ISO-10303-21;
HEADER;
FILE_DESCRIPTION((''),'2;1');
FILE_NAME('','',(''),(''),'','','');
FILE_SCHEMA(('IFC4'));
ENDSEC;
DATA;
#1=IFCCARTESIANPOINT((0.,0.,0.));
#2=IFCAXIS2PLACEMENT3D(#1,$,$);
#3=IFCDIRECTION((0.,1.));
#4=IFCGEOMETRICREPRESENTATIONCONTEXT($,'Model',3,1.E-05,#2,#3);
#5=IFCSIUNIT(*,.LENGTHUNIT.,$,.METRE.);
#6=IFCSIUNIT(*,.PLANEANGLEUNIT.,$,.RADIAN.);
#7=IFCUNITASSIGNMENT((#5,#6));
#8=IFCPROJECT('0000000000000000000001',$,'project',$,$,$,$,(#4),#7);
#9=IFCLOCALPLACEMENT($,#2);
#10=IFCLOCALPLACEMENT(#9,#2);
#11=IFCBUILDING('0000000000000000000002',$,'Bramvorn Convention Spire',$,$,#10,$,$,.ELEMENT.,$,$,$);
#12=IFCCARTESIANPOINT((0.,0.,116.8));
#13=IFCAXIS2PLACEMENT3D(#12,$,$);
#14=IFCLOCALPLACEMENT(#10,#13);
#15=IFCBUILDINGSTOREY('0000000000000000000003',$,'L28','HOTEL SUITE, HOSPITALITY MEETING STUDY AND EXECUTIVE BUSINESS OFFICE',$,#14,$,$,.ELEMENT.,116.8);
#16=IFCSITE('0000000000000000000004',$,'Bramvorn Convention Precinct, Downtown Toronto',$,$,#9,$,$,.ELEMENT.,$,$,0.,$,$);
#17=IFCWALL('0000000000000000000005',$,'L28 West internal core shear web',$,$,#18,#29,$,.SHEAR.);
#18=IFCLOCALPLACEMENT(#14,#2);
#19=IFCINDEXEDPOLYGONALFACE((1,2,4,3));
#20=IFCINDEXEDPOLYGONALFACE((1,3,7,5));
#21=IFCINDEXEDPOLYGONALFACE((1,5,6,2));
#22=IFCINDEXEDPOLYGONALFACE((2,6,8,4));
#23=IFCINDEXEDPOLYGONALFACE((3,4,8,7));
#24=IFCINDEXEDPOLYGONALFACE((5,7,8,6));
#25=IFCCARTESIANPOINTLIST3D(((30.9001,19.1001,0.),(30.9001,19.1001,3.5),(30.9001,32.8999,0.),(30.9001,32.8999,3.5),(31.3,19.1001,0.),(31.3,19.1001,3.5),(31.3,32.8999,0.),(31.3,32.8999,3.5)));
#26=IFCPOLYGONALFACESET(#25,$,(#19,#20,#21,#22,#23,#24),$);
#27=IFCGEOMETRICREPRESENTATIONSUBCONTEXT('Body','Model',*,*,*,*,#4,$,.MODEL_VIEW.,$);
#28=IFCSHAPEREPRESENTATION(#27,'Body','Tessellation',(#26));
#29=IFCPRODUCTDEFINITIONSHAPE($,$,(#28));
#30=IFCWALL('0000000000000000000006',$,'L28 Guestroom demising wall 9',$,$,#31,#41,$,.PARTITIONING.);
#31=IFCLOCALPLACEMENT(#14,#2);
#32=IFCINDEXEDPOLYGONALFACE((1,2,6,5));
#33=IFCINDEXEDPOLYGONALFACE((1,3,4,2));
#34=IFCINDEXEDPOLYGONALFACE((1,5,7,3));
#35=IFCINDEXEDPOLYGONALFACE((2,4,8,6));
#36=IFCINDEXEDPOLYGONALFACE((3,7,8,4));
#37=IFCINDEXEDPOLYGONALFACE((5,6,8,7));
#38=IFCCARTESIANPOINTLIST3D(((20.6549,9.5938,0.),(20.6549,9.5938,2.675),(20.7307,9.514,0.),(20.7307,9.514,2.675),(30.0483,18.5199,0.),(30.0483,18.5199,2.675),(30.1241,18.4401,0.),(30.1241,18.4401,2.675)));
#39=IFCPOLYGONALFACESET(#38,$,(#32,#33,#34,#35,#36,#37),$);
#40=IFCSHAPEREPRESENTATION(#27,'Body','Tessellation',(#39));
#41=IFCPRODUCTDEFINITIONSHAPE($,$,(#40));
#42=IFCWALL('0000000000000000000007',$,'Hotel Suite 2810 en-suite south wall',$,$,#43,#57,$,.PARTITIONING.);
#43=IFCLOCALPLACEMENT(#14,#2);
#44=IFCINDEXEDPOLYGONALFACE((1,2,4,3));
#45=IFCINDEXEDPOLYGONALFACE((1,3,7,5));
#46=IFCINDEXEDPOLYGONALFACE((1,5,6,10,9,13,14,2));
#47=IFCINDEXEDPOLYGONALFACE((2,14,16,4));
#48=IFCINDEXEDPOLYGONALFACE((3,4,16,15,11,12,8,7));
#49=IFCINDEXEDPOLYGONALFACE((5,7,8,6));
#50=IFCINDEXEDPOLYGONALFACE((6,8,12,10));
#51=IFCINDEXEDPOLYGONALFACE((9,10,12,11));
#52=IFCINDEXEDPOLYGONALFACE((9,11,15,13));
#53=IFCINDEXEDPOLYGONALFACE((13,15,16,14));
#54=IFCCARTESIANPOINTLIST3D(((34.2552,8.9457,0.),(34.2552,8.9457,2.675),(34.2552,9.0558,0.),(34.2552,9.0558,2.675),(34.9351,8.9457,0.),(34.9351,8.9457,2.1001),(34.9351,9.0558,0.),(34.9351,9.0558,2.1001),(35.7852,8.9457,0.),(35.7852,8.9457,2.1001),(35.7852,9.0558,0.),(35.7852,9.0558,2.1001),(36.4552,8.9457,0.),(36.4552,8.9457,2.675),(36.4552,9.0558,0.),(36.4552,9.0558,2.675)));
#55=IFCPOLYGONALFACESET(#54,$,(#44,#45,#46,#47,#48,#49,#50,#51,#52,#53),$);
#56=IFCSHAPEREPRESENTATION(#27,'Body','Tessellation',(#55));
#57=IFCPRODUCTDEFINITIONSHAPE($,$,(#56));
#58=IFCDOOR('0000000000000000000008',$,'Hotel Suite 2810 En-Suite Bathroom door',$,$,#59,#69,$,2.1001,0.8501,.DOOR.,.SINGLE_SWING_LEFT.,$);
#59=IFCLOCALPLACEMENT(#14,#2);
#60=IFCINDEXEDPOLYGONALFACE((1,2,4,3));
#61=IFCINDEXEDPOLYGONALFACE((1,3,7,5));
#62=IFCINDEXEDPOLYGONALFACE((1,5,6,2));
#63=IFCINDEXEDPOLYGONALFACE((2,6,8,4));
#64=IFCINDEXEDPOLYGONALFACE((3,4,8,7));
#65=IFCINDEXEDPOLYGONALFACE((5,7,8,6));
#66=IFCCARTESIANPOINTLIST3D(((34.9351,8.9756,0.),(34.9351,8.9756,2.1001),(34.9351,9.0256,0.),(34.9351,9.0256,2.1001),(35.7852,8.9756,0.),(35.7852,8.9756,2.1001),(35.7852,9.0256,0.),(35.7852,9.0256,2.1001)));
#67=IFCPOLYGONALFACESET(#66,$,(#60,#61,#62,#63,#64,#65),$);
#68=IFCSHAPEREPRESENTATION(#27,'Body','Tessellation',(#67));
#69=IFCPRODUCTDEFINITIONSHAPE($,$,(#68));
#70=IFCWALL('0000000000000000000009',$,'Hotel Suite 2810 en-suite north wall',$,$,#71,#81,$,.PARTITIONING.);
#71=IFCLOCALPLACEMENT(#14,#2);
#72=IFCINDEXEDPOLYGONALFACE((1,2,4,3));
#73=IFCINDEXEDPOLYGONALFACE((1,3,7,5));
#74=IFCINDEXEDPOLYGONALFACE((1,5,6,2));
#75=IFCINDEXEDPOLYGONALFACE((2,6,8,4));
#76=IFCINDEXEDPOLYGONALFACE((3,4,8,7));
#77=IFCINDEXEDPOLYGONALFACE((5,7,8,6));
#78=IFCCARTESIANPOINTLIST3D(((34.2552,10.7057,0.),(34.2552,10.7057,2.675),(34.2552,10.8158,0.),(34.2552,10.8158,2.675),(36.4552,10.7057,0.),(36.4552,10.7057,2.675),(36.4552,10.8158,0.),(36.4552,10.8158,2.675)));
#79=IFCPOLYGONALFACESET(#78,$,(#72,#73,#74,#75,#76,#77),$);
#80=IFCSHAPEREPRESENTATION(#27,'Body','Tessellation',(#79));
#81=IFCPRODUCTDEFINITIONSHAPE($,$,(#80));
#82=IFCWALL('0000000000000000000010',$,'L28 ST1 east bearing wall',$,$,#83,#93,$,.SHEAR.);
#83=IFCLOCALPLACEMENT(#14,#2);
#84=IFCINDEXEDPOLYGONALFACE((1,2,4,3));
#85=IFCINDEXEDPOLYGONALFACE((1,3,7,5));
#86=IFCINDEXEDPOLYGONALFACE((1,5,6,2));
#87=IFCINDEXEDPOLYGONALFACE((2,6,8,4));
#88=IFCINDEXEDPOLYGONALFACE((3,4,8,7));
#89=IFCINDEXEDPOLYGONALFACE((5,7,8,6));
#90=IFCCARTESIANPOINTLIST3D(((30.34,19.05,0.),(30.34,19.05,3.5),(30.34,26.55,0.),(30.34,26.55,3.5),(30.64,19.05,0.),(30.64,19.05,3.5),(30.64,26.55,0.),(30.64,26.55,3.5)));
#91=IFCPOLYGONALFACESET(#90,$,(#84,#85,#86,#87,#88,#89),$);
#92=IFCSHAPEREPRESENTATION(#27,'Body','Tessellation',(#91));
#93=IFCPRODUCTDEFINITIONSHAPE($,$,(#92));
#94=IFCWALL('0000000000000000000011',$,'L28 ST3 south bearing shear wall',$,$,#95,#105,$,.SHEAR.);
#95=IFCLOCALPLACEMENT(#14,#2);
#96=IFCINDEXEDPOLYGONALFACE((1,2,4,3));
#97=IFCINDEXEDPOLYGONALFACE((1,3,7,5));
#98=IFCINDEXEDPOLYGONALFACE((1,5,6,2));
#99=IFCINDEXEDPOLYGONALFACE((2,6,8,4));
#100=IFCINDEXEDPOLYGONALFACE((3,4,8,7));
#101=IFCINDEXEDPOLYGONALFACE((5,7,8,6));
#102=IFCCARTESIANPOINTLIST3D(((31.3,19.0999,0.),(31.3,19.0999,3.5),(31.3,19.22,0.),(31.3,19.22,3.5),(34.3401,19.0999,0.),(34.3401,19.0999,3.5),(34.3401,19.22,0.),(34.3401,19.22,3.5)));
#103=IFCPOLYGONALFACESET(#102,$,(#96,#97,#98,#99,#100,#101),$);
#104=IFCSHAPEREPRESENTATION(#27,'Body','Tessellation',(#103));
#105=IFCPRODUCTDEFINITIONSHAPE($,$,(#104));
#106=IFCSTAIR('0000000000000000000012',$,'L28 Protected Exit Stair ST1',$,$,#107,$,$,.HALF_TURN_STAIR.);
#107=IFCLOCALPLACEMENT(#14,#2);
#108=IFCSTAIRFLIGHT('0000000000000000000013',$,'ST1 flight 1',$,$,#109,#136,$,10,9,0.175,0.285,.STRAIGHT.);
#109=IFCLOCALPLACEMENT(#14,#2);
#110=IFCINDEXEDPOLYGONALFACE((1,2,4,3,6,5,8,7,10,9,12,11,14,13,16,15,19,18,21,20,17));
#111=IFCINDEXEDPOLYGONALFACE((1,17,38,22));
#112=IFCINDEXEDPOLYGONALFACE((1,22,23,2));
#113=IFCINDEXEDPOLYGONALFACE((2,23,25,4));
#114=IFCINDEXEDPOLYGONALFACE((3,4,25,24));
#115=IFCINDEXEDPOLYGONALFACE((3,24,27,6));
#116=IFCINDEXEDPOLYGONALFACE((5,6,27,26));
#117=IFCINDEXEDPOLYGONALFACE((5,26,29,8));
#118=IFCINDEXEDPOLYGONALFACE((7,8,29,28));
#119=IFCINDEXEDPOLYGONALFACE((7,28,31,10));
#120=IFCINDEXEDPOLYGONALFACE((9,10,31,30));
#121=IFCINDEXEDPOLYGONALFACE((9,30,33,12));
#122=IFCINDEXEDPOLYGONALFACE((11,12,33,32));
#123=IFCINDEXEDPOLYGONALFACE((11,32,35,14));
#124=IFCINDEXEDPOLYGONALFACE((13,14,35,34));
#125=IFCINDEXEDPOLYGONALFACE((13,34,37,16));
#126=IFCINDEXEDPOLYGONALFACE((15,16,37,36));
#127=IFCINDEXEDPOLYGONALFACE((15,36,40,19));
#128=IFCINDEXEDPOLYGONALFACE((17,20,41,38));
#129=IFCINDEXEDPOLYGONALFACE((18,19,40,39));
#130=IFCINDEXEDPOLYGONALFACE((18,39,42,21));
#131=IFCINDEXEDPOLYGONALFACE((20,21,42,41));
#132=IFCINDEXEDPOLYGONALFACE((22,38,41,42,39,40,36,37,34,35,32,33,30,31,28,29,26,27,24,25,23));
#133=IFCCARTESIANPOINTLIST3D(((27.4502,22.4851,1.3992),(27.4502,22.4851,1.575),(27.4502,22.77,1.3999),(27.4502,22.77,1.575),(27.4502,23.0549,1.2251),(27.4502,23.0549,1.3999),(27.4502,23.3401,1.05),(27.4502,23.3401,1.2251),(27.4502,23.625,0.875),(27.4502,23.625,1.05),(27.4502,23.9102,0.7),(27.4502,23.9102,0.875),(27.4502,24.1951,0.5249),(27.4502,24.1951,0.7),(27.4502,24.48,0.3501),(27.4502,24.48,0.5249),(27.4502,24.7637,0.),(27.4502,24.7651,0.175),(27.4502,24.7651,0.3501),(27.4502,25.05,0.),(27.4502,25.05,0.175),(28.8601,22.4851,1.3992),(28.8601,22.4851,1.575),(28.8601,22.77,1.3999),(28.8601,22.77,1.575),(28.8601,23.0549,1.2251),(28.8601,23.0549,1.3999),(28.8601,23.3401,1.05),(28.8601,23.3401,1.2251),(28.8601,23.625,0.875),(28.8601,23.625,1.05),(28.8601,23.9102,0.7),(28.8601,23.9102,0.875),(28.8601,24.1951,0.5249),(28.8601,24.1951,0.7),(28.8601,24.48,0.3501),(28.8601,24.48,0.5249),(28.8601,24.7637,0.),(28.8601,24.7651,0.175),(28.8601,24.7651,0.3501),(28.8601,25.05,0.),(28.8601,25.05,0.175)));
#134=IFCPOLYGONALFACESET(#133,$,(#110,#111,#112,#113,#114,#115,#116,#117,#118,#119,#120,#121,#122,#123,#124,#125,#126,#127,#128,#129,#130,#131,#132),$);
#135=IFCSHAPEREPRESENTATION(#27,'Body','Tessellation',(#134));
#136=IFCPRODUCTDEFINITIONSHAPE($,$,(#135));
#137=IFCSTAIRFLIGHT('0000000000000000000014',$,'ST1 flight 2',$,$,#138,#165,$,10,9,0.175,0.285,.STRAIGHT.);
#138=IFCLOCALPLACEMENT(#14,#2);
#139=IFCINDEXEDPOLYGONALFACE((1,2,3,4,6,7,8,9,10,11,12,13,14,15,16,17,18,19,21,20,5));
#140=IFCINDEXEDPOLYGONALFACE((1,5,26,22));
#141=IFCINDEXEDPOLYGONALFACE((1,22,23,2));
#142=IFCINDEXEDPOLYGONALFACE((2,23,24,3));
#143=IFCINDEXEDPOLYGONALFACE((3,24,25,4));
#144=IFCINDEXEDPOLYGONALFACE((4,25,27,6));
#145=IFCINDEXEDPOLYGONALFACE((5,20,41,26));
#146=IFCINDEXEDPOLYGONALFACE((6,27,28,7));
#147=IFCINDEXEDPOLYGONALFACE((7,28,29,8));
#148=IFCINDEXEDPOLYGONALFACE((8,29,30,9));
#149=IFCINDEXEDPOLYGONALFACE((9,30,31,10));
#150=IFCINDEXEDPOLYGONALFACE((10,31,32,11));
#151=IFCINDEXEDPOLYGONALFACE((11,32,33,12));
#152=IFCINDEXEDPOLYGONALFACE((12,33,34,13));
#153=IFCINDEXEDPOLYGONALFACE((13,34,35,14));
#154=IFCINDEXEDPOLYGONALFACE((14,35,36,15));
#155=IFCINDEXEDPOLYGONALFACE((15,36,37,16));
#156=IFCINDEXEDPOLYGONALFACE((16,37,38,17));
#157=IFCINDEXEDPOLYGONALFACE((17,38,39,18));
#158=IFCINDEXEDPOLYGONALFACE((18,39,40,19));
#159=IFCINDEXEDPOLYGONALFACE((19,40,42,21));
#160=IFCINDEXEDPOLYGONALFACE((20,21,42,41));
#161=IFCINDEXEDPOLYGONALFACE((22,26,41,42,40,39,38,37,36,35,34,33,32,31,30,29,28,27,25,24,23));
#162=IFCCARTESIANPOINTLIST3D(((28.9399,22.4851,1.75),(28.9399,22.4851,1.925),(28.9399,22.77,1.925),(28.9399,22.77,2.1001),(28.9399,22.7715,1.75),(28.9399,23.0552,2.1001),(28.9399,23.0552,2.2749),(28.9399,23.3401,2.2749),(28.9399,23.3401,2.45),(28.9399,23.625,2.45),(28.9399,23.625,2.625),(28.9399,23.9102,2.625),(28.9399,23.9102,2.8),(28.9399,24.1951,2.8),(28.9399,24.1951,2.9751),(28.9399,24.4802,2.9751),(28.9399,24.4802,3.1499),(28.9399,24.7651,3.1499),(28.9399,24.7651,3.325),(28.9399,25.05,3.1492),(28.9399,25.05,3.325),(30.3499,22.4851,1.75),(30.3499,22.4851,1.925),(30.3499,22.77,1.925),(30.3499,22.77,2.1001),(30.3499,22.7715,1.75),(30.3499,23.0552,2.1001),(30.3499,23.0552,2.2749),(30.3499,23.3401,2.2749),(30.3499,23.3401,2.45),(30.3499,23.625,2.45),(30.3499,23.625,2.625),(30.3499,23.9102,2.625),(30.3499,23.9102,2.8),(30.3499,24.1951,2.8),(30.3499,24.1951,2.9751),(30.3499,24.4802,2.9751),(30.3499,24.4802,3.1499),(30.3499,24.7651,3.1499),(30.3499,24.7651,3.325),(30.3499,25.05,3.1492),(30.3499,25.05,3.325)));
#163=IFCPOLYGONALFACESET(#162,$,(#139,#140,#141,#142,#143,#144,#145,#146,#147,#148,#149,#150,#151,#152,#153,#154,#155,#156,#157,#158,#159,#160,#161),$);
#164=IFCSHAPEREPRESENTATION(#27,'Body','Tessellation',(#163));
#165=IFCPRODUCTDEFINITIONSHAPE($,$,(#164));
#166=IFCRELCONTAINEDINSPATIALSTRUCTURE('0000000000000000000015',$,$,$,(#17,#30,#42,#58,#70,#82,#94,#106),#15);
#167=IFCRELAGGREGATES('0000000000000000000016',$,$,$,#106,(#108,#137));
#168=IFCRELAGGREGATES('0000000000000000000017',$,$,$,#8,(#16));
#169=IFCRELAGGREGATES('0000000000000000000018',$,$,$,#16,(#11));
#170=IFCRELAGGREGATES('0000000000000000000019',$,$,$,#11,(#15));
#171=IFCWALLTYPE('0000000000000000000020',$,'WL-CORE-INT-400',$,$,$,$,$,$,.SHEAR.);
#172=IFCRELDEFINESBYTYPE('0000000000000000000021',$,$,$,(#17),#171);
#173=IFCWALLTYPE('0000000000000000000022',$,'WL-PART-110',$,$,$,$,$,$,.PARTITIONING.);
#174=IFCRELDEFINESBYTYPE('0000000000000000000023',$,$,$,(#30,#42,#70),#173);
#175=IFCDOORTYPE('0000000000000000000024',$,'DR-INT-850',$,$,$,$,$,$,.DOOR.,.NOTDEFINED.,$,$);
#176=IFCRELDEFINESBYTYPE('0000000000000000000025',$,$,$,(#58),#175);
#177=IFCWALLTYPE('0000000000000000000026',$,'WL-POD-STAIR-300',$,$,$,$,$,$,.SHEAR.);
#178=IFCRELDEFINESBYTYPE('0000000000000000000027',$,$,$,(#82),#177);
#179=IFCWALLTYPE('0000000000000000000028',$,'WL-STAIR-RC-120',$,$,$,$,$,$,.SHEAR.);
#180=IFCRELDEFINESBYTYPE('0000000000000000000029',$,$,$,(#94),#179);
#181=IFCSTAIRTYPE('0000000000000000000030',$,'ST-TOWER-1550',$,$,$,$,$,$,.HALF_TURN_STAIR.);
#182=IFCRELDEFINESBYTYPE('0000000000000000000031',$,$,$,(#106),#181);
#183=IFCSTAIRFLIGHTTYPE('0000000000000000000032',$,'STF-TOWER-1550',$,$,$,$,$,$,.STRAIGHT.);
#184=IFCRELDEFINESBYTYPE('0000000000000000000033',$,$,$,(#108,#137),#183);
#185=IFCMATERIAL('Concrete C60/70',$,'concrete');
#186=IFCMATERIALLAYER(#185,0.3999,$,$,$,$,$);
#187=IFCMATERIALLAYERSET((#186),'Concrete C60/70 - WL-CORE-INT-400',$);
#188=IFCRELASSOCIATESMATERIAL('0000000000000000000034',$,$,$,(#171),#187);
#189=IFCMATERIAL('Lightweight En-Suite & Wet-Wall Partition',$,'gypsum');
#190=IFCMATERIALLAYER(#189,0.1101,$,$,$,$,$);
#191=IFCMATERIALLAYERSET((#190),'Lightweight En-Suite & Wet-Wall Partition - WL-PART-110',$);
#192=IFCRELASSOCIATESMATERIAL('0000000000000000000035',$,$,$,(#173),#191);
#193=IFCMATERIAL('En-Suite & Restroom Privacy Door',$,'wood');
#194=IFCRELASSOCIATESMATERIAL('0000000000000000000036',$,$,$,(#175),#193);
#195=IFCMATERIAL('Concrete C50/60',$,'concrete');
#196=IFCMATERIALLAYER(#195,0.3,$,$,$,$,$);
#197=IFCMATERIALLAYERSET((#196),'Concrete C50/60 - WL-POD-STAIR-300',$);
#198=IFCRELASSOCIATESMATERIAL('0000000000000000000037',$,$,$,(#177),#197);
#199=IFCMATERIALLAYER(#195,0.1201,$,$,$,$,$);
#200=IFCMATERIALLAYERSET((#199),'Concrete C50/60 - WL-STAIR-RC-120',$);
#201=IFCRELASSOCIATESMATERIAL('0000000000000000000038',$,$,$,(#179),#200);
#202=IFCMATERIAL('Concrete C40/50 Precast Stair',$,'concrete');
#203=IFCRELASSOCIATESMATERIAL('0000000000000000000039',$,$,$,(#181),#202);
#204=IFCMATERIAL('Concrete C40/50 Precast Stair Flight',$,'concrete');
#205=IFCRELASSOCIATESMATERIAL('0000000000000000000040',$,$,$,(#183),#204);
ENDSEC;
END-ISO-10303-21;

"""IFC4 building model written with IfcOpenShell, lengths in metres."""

from ifc_helpers import new_model, si_unit, direction, frame, frame_2d, origin, place, context, subcontext, project, spatial, polyline, rectangle, outline, extrude, material, layer, layer_set, type_object, element, fill, aggregate, save


model = new_model("IFC4")

# Units and contexts
model_context = context("Model", 3, precision=1e-05, world=origin(), true_north=direction((0.0, 1.0)))
body_context = subcontext(model_context, "Body", "Model", "MODEL_VIEW")
ifc_project = project(units=[si_unit("LENGTHUNIT", "METRE"), si_unit("PLANEANGLEUNIT", "RADIAN")], contexts=[model_context])

# Site, building, storey
site_placement = place(None, origin())
site = spatial("IfcSite", under=ifc_project, at=site_placement, Name="Bramvorn Convention Precinct, Downtown Toronto", CompositionType="ELEMENT", RefElevation=0.0)
building_placement = place(site_placement, origin())
building = spatial("IfcBuilding", under=site, at=building_placement, Name="Bramvorn Convention Spire", CompositionType="ELEMENT")
storey_placement = place(building_placement, frame((0.0, 0.0, 116.8)))
storey = spatial("IfcBuildingStorey", under=building, at=storey_placement, Name="L28", Description="HOTEL SUITE, HOSPITALITY MEETING STUDY AND EXECUTIVE BUSINESS OFFICE", CompositionType="ELEMENT", Elevation=116.8)

# Walls
ifc_material_1 = material(Name="Concrete C60/70", Category="concrete")
ifc_layer_1 = layer(ifc_material_1, 0.3999)
ifc_layer_set_1 = layer_set([ifc_layer_1], Name="Concrete C60/70 - WL-CORE-INT-400")
wall_type_1 = type_object("IfcWallType", Name="WL-CORE-INT-400", PredefinedType="SHEAR", material=ifc_layer_set_1)
wall_1_placement = place(storey_placement, frame((31.1001, 19.1001, 0.0), z_axis=(0.0, 0.0, 1.0), x_axis=(0.0, 1.0, 0.0)))
element("IfcWall", 1, at=wall_1_placement, inside=storey, type_object=wall_type_1, Name="L28 West internal core shear web", PredefinedType="SHEAR", context=body_context, shape_type="SweptSolid", body=[
    extrude(rectangle(XDim=13.7998, YDim=0.3999, at=frame_2d((6.8999, 0.0))), origin(), (0.0, 0.0, 1.0), 3.5),
])
ifc_material_2 = material(Name="Lightweight En-Suite & Wet-Wall Partition", Category="gypsum")
ifc_layer_2 = layer(ifc_material_2, 0.1101)
ifc_layer_set_2 = layer_set([ifc_layer_2], Name="Lightweight En-Suite & Wet-Wall Partition - WL-PART-110")
wall_type_2 = type_object("IfcWallType", Name="WL-PART-110", PredefinedType="PARTITIONING", material=ifc_layer_set_2)
wall_2_placement = place(storey_placement, frame((30.0862, 18.48, 0.0), z_axis=(0.0, 0.0, 1.0), x_axis=(-0.724908, -0.688846, 0.0)))
element("IfcWall", 2, at=wall_2_placement, inside=storey, type_object=wall_type_2, Name="L28 Guestroom demising wall 9", PredefinedType="PARTITIONING", context=body_context, shape_type="SweptSolid", body=[
    extrude(rectangle(XDim=12.958, YDim=0.1101, at=frame_2d((6.479, 0.0))), origin(), (0.0, 0.0, 1.0), 2.675),
])

# Wall, opening, door
wall_3_placement = place(storey_placement, frame((34.2551, 9.0007, 0.0), z_axis=(0.0, 0.0, 1.0), x_axis=(1.0, 0.0, 0.0)))
wall_3 = element("IfcWall", 3, at=wall_3_placement, inside=storey, type_object=wall_type_2, Name="Hotel Suite 2810 en-suite south wall", PredefinedType="PARTITIONING", context=body_context, shape_type="SweptSolid", body=[
    extrude(rectangle(XDim=2.2, YDim=0.1101, at=frame_2d((1.1001, 0.0))), origin(), (0.0, 0.0, 1.0), 2.675),
])
opening_placement = place(wall_3_placement, frame((0.6799, 0.0, 0.0)))
opening = element("IfcOpeningElement", 4, at=opening_placement, cuts=wall_3, PredefinedType="OPENING", context=body_context, shape_type="SweptSolid", body=[
    extrude(rectangle(XDim=0.8501, YDim=2.1001, at=frame_2d((0.425, 1.05))), frame((0.0, 0.0649, 0.0), z_axis=(0.0, -1.0, 0.0), x_axis=(1.0, 0.0, 0.0)), (0.0, 0.0, 1.0), 0.1301),
])
ifc_material_3 = material(Name="En-Suite & Restroom Privacy Door", Category="wood")
door_type = type_object("IfcDoorType", Name="DR-INT-850", OperationType="NOTDEFINED", PredefinedType="DOOR", material=ifc_material_3)
door_placement = place(opening_placement, origin())
door = element("IfcDoor", 5, at=door_placement, inside=storey, type_object=door_type, Name="Hotel Suite 2810 En-Suite Bathroom door", OperationType="SINGLE_SWING_LEFT", OverallHeight=2.1001, OverallWidth=0.8501, PredefinedType="DOOR", context=body_context, shape_type="SweptSolid", body=[
    extrude(rectangle(XDim=0.8501, YDim=2.1001, at=frame_2d((0.425, 1.05))), frame((0.0, 0.0249, 0.0), z_axis=(0.0, -1.0, 0.0), x_axis=(1.0, 0.0, 0.0)), (0.0, 0.0, 1.0), 0.05),
])
fill(opening, door)

# Walls
wall_4_placement = place(storey_placement, frame((34.2551, 10.7607, 0.0), z_axis=(0.0, 0.0, 1.0), x_axis=(1.0, 0.0, 0.0)))
element("IfcWall", 6, at=wall_4_placement, inside=storey, type_object=wall_type_2, Name="Hotel Suite 2810 en-suite north wall", PredefinedType="PARTITIONING", context=body_context, shape_type="SweptSolid", body=[
    extrude(rectangle(XDim=2.2, YDim=0.1101, at=frame_2d((1.1001, 0.0))), origin(), (0.0, 0.0, 1.0), 2.675),
])
ifc_material_4 = material(Name="Concrete C50/60", Category="concrete")
ifc_layer_3 = layer(ifc_material_4, 0.3)
ifc_layer_set_3 = layer_set([ifc_layer_3], Name="Concrete C50/60 - WL-POD-STAIR-300")
wall_type_3 = type_object("IfcWallType", Name="WL-POD-STAIR-300", PredefinedType="SHEAR", material=ifc_layer_set_3)
wall_5_placement = place(storey_placement, frame((30.49, 19.05, 0.0), z_axis=(0.0, 0.0, 1.0), x_axis=(0.0, 1.0, 0.0)))
element("IfcWall", 7, at=wall_5_placement, inside=storey, type_object=wall_type_3, Name="L28 ST1 east bearing wall", PredefinedType="SHEAR", context=body_context, shape_type="SweptSolid", body=[
    extrude(rectangle(XDim=7.5, YDim=0.3, at=frame_2d((3.75, 0.0))), origin(), (0.0, 0.0, 1.0), 3.5),
])
ifc_layer_4 = layer(ifc_material_4, 0.1201)
ifc_layer_set_4 = layer_set([ifc_layer_4], Name="Concrete C50/60 - WL-STAIR-RC-120")
wall_type_4 = type_object("IfcWallType", Name="WL-STAIR-RC-120", PredefinedType="SHEAR", material=ifc_layer_set_4)
wall_6_placement = place(storey_placement, frame((31.3, 19.1599, 0.0), z_axis=(0.0, 0.0, 1.0), x_axis=(1.0, 0.0, 0.0)))
element("IfcWall", 8, at=wall_6_placement, inside=storey, type_object=wall_type_4, Name="L28 ST3 south bearing shear wall", PredefinedType="SHEAR", context=body_context, shape_type="SweptSolid", body=[
    extrude(rectangle(XDim=3.04, YDim=0.1201, at=frame_2d((1.52, 0.0))), origin(), (0.0, 0.0, 1.0), 3.5),
])

# Stair, stair flights
ifc_material_5 = material(Name="Concrete C40/50 Precast Stair", Category="concrete")
stair_type = type_object("IfcStairType", Name="ST-TOWER-1550", PredefinedType="HALF_TURN_STAIR", material=ifc_material_5)
stair_1_placement = place(storey_placement, origin())
stair_1 = element("IfcStair", 9, at=stair_1_placement, inside=storey, type_object=stair_type, Name="L28 Protected Exit Stair ST1", PredefinedType="HALF_TURN_STAIR")
ifc_material_6 = material(Name="Concrete C40/50 Precast Stair Flight", Category="concrete")
stair_flight_type = type_object("IfcStairFlightType", Name="STF-TOWER-1550", PredefinedType="STRAIGHT", material=ifc_material_6)
stair_flight_1_placement = place(storey_placement, frame((28.155, 25.05, 0.0), z_axis=(0.0, 0.0, 1.0), x_axis=(0.0, -1.0, 0.0)))
stair_flight_1 = element("IfcStairFlight", 10, at=stair_flight_1_placement, type_object=stair_flight_type, Name="ST1 flight 1", NumberOfRisers=10, NumberOfTreads=9, PredefinedType="STRAIGHT", RiserHeight=0.175, TreadLength=0.285, context=body_context, shape_type="SweptSolid", body=[
    extrude(outline(polyline([(0.0, 0.0), (0.0, 0.175), (0.2849, 0.175), (0.2849, 0.3501), (0.5701, 0.3501), (0.5701, 0.5249), (0.855, 0.5249), (0.855, 0.7), (1.1399, 0.7), (1.1399, 0.875), (1.425, 0.875), (1.425, 1.05), (1.71, 1.05), (1.71, 1.2251), (1.9951, 1.2251), (1.9951, 1.3999), (2.28, 1.3999), (2.28, 1.575), (2.5649, 1.575), (2.5649, 1.75), (2.5649, 1.3992), (0.2864, 0.0), (0.0, 0.0)])), frame((0.0, 0.7051, 0.0), z_axis=(0.0, -1.0, 0.0), x_axis=(1.0, 0.0, 0.0)), (0.0, 0.0, 1.0), 1.4099),
])
stair_flight_2_placement = place(storey_placement, frame((29.645, 22.4851, 1.75), z_axis=(0.0, 0.0, 1.0), x_axis=(0.0, 1.0, 0.0)))
stair_flight_2 = element("IfcStairFlight", 11, at=stair_flight_2_placement, type_object=stair_flight_type, Name="ST1 flight 2", NumberOfRisers=10, NumberOfTreads=9, PredefinedType="STRAIGHT", RiserHeight=0.175, TreadLength=0.285, context=body_context, shape_type="SweptSolid", body=[
    extrude(outline(polyline([(0.0, 0.0), (0.0, 0.175), (0.2849, 0.175), (0.2849, 0.3501), (0.5701, 0.3501), (0.5701, 0.5249), (0.855, 0.5249), (0.855, 0.7), (1.1399, 0.7), (1.1399, 0.875), (1.425, 0.875), (1.425, 1.05), (1.71, 1.05), (1.71, 1.2251), (1.9951, 1.2251), (1.9951, 1.3999), (2.28, 1.3999), (2.28, 1.575), (2.5649, 1.575), (2.5649, 1.75), (2.5649, 1.3992), (0.2864, 0.0), (0.0, 0.0)])), frame((0.0, 0.7051, 0.0), z_axis=(0.0, -1.0, 0.0), x_axis=(1.0, 0.0, 0.0)), (0.0, 0.0, 1.0), 1.4099),
])
aggregate(stair_1, [stair_flight_1, stair_flight_2])

save(model, "model.ifc")
